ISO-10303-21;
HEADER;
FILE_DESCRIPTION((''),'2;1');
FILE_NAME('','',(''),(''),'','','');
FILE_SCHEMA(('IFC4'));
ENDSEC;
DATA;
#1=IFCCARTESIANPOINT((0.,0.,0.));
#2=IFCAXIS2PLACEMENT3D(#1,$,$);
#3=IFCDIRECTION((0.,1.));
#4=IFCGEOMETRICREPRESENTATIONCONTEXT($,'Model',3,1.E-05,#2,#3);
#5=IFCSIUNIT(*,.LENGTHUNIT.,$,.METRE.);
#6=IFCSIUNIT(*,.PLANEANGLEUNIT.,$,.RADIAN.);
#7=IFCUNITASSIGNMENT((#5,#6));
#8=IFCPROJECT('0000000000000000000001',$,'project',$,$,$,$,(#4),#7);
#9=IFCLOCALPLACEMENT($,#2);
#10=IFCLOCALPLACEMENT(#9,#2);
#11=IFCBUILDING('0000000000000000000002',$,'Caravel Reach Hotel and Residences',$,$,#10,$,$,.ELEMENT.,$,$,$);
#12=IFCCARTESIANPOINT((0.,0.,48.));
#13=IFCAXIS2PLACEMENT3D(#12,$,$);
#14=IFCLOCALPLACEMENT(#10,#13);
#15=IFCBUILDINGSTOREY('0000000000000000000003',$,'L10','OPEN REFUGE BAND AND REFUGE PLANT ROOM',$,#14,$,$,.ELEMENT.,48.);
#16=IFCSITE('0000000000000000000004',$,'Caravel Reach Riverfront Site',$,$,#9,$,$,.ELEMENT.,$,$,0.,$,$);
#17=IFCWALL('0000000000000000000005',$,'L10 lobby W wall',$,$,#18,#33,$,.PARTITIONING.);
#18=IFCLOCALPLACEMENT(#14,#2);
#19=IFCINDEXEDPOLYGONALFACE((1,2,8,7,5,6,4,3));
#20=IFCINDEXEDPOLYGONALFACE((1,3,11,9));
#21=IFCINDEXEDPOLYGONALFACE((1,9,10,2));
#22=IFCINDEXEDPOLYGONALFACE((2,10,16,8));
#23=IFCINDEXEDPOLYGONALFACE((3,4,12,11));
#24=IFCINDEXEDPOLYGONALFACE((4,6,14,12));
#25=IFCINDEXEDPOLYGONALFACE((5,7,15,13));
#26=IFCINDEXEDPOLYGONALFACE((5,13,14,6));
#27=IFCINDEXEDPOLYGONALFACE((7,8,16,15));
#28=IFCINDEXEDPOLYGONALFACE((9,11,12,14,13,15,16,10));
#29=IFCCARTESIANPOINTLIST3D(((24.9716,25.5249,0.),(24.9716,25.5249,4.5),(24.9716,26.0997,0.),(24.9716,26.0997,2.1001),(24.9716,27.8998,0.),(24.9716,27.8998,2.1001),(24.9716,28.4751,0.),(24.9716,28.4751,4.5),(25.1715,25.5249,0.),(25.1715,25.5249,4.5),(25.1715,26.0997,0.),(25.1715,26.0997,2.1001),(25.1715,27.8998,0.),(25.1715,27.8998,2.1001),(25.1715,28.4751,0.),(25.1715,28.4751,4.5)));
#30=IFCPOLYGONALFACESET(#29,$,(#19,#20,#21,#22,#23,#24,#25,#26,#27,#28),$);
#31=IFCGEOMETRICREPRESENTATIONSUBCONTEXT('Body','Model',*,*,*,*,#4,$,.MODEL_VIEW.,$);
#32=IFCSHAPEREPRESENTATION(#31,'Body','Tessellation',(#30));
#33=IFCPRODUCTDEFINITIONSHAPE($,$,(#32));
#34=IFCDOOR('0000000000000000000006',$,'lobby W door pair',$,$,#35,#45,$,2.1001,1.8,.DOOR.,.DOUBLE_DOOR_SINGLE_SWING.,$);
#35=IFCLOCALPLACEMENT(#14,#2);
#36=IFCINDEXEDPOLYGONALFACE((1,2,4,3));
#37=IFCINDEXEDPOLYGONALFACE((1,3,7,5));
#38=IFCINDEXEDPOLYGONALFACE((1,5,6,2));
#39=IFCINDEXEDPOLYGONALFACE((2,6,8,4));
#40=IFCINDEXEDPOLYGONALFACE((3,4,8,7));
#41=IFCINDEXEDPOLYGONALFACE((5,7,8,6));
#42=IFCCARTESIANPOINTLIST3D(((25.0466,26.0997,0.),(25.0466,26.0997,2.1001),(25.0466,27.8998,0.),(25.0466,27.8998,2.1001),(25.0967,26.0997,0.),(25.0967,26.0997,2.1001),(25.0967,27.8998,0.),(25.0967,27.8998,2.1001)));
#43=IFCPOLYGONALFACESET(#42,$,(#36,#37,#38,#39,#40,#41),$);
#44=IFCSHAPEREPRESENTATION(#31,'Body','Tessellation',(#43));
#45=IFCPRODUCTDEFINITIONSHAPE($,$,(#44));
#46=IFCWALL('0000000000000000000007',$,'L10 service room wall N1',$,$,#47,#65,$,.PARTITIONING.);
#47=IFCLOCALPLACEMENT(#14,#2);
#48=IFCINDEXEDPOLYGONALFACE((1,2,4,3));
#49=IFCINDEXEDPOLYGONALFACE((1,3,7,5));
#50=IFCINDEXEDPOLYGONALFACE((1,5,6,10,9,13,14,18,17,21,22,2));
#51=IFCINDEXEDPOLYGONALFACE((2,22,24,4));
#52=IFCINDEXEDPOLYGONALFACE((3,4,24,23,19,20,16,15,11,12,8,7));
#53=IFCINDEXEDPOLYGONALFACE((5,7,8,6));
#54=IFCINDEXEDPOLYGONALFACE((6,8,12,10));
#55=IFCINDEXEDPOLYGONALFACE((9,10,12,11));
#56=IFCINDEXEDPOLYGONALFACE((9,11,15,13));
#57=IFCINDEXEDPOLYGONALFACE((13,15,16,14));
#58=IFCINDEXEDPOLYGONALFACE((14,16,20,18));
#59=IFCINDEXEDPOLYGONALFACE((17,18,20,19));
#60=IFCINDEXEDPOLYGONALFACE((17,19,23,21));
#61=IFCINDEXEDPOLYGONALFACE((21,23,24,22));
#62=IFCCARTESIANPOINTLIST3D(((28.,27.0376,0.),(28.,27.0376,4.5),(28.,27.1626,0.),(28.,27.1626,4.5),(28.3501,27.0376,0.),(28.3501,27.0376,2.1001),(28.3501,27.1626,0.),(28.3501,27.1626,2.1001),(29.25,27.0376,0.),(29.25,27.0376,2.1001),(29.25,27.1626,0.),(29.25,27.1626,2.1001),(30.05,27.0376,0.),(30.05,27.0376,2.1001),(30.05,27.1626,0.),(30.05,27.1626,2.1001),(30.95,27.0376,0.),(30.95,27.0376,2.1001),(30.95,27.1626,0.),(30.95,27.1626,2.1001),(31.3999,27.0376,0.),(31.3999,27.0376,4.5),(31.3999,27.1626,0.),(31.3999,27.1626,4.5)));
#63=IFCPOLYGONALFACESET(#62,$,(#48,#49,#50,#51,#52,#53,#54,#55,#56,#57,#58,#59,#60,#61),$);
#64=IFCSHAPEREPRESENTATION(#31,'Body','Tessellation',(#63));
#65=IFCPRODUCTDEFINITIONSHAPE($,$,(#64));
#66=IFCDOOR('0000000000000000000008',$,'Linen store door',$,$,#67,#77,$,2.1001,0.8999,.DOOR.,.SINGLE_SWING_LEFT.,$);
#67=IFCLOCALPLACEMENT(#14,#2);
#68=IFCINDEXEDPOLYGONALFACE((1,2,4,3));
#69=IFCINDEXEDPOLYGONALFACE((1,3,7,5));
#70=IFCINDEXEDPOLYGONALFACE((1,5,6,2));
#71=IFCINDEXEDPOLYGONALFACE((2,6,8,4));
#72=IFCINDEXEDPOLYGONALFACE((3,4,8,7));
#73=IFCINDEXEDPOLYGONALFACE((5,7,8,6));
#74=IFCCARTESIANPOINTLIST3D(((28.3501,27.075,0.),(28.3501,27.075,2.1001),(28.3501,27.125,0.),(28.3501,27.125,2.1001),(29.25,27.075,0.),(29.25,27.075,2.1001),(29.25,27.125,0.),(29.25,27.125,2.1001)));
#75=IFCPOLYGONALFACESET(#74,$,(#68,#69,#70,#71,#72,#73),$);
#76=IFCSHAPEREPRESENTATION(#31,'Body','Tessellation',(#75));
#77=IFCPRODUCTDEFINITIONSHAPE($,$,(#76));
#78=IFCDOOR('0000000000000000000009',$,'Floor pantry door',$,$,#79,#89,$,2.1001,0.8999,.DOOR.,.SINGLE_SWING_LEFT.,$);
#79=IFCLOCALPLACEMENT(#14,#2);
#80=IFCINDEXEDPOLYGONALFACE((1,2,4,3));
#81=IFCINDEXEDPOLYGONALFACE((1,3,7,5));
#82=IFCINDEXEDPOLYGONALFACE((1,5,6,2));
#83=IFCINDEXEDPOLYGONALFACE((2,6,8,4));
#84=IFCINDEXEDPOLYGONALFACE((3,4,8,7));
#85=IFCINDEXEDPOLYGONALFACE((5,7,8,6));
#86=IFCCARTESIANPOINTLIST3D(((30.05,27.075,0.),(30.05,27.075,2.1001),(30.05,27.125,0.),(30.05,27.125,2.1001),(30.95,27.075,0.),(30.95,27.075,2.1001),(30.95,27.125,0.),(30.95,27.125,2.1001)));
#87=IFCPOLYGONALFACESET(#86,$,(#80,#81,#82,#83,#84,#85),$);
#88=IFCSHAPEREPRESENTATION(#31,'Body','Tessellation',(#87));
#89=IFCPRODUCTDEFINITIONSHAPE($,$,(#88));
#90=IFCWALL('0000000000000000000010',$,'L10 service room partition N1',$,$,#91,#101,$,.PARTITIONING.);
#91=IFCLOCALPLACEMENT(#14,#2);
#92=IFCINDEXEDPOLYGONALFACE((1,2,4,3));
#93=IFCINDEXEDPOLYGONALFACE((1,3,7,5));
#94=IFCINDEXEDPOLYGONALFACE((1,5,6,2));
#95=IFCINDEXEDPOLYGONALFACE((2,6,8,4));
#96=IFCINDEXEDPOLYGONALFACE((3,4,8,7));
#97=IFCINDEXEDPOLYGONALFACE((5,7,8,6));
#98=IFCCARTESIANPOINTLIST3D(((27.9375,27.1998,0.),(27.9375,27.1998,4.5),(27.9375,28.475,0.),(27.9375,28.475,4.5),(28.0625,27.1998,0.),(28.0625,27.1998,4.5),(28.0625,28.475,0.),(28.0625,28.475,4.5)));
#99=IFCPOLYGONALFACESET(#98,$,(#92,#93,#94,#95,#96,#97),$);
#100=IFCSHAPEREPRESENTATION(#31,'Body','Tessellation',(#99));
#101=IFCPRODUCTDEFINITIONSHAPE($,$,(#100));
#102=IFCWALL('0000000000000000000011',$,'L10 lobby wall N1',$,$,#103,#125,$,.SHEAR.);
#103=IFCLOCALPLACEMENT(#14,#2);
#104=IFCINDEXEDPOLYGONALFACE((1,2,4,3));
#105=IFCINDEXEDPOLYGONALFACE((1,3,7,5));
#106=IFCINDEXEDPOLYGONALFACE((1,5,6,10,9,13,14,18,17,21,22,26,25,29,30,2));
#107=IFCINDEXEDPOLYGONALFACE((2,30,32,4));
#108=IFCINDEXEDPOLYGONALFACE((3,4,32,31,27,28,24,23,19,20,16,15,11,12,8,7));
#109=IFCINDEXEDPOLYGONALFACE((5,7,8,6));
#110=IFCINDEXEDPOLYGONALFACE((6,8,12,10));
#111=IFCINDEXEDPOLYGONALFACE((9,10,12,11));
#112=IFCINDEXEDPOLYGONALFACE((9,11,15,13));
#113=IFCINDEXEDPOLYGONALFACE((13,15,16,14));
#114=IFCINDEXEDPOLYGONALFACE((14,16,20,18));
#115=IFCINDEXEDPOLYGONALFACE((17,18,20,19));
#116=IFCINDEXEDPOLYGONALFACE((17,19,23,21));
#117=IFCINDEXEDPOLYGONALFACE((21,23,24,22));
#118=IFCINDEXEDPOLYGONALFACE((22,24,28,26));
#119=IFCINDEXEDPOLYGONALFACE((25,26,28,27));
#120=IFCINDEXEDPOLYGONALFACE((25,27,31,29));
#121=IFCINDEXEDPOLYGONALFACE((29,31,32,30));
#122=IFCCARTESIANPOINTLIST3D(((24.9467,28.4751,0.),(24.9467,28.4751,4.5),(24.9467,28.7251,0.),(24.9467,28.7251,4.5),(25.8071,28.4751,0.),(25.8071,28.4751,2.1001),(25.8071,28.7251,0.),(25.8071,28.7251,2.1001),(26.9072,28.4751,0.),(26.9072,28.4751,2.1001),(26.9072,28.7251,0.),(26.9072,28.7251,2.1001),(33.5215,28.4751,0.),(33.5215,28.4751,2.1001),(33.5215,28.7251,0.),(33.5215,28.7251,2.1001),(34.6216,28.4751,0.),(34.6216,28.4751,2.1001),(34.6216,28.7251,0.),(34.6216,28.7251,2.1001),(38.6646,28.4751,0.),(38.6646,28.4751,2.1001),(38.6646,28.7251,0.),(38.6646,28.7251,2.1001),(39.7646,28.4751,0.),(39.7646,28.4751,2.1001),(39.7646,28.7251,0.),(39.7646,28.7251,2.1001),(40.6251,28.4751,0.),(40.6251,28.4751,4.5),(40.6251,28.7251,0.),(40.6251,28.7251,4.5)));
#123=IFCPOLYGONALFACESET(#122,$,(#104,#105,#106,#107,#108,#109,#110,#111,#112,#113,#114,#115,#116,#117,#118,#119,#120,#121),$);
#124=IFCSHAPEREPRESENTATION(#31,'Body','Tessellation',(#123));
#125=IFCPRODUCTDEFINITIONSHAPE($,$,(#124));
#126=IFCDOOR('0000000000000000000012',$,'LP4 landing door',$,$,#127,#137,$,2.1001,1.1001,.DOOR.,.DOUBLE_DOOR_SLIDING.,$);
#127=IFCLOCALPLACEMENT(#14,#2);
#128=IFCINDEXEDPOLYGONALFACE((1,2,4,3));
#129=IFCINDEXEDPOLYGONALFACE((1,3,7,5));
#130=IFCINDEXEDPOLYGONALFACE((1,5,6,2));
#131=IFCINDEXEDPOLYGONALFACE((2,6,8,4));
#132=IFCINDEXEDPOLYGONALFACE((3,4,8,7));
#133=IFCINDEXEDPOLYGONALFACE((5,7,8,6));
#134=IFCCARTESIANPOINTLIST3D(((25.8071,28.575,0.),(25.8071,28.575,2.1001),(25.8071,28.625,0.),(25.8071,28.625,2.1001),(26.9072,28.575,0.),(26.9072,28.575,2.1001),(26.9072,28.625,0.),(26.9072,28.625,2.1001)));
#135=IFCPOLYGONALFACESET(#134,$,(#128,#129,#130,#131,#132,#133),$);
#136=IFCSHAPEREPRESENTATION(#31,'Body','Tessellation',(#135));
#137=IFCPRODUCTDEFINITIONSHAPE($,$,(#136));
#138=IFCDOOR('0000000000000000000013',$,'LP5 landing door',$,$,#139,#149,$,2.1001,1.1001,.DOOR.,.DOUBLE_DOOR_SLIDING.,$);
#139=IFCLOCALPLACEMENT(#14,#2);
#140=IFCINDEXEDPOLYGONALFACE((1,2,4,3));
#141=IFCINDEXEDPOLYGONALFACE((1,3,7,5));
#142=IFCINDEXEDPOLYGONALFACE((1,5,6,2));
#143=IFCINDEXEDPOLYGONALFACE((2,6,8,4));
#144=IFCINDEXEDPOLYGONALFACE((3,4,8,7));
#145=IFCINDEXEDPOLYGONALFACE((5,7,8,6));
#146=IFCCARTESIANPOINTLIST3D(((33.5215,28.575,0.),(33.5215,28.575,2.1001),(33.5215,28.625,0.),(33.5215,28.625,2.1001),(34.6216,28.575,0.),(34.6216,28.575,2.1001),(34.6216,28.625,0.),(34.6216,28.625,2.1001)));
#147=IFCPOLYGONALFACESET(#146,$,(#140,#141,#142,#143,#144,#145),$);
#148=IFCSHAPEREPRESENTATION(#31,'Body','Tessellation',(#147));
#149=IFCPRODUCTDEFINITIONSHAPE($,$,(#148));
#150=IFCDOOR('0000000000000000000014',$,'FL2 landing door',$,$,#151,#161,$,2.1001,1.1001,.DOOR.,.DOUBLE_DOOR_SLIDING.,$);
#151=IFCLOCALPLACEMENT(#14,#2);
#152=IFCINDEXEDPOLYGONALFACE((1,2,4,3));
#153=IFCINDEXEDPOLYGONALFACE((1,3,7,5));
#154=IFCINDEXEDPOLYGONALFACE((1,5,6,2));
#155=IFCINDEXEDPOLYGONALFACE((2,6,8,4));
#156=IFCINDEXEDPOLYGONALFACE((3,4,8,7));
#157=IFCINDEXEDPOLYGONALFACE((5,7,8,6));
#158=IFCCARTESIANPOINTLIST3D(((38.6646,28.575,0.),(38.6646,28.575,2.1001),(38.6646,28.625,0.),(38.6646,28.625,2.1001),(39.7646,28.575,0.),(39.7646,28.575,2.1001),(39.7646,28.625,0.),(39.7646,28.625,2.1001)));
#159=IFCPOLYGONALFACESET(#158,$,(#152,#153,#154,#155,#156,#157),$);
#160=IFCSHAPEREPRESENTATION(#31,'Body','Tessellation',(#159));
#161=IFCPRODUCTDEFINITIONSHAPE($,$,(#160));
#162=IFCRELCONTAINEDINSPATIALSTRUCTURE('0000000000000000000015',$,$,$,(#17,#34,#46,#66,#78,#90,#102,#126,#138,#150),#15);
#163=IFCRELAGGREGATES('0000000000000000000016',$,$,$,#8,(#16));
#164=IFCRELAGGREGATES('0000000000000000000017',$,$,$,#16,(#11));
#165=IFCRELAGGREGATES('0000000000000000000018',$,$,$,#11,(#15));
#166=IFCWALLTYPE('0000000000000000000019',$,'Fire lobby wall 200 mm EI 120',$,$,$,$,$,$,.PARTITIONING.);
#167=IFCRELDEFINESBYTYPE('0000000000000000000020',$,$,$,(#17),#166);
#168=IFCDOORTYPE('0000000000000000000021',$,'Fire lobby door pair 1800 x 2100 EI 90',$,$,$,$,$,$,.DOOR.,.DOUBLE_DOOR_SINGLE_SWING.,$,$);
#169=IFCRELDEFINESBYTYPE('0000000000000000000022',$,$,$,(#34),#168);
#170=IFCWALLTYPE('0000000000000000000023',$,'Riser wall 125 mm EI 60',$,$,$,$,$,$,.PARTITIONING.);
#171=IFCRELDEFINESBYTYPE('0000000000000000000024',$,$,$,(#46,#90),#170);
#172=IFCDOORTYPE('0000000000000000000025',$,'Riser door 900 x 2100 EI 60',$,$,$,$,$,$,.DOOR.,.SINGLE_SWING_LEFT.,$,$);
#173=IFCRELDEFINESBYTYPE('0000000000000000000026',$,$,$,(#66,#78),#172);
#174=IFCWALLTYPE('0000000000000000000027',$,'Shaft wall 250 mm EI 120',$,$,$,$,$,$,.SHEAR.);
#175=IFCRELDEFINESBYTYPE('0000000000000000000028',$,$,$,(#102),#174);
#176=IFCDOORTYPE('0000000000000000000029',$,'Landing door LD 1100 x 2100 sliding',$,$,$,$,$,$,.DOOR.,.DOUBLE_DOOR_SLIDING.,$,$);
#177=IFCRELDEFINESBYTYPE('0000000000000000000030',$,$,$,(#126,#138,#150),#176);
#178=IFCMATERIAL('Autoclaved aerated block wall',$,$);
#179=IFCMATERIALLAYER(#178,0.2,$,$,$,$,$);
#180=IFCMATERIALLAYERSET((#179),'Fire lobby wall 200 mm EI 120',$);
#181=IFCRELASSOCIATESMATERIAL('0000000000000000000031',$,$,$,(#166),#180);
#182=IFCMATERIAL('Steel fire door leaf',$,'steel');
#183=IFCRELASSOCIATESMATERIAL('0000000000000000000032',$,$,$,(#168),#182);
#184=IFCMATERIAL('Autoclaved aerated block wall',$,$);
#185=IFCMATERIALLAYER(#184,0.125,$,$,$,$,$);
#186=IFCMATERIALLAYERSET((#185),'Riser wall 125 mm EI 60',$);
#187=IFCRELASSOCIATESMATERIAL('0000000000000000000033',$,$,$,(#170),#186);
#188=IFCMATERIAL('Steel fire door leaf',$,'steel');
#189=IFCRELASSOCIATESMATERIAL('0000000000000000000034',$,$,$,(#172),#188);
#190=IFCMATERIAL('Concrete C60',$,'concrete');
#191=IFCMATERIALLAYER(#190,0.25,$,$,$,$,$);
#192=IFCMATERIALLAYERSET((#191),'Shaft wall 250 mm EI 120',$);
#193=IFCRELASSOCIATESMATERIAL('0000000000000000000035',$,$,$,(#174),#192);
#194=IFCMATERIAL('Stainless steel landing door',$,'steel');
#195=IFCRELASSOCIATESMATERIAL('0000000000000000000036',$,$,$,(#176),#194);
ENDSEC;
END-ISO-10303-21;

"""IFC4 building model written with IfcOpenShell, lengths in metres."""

from ifc_helpers import new_model, si_unit, direction, frame, frame_2d, origin, place, context, subcontext, project, spatial, rectangle, extrude, material, layer, layer_set, type_object, element, fill, save


model = new_model("IFC4")

# Units and contexts
model_context = context("Model", 3, precision=1e-05, world=origin(), true_north=direction((0.0, 1.0)))
body_context = subcontext(model_context, "Body", "Model", "MODEL_VIEW")
ifc_project = project(units=[si_unit("LENGTHUNIT", "METRE"), si_unit("PLANEANGLEUNIT", "RADIAN")], contexts=[model_context])

# Site, building, storey
site_placement = place(None, origin())
site = spatial("IfcSite", under=ifc_project, at=site_placement, Name="Caravel Reach Riverfront Site", CompositionType="ELEMENT", RefElevation=0.0)
building_placement = place(site_placement, origin())
building = spatial("IfcBuilding", under=site, at=building_placement, Name="Caravel Reach Hotel and Residences", CompositionType="ELEMENT")
storey_placement = place(building_placement, frame((0.0, 0.0, 48.0)))
storey = spatial("IfcBuildingStorey", under=building, at=storey_placement, Name="L10", Description="OPEN REFUGE BAND AND REFUGE PLANT ROOM", CompositionType="ELEMENT", Elevation=48.0)

# Wall, opening, door
ifc_material_1 = material(Name="Autoclaved aerated block wall")
ifc_layer_1 = layer(ifc_material_1, 0.2)
ifc_layer_set_1 = layer_set([ifc_layer_1], Name="Fire lobby wall 200 mm EI 120")
wall_type_1 = type_object("IfcWallType", Name="Fire lobby wall 200 mm EI 120", PredefinedType="PARTITIONING", material=ifc_layer_set_1)
wall_1_placement = place(storey_placement, frame((25.0715, 25.5249, 0.0), z_axis=(0.0, 0.0, 1.0), x_axis=(0.0, 1.0, 0.0)))
wall_1 = element("IfcWall", 1, at=wall_1_placement, inside=storey, type_object=wall_type_1, Name="L10 lobby W wall", PredefinedType="PARTITIONING", context=body_context, shape_type="SweptSolid", body=[
    extrude(rectangle(XDim=2.9502, YDim=0.2, at=frame_2d((1.4751, 0.0))), origin(), (0.0, 0.0, 1.0), 4.5),
])
opening_1_placement = place(wall_1_placement, frame((0.575, 0.0, 0.0)))
opening_1 = element("IfcOpeningElement", 2, at=opening_1_placement, cuts=wall_1, PredefinedType="OPENING", context=body_context, shape_type="SweptSolid", body=[
    extrude(rectangle(XDim=1.8, YDim=2.1001, at=frame_2d((0.8999, 1.05))), frame((0.0, 0.1099, 0.0), z_axis=(0.0, -1.0, 0.0), x_axis=(1.0, 0.0, 0.0)), (0.0, 0.0, 1.0), 0.22),
])
ifc_material_2 = material(Name="Steel fire door leaf", Category="steel")
door_type_1 = type_object("IfcDoorType", Name="Fire lobby door pair 1800 x 2100 EI 90", OperationType="DOUBLE_DOOR_SINGLE_SWING", PredefinedType="DOOR", material=ifc_material_2)
door_1_placement = place(opening_1_placement, origin())
door_1 = element("IfcDoor", 3, at=door_1_placement, inside=storey, type_object=door_type_1, Name="lobby W door pair", OperationType="DOUBLE_DOOR_SINGLE_SWING", OverallHeight=2.1001, OverallWidth=1.8, PredefinedType="DOOR", context=body_context, shape_type="SweptSolid", body=[
    extrude(rectangle(XDim=1.8, YDim=2.1001, at=frame_2d((0.8999, 1.05))), frame((0.0, 0.0249, 0.0), z_axis=(0.0, -1.0, 0.0), x_axis=(1.0, 0.0, 0.0)), (0.0, 0.0, 1.0), 0.05),
])
fill(opening_1, door_1)

# Wall, openings, doors
ifc_material_3 = material(Name="Autoclaved aerated block wall")
ifc_layer_2 = layer(ifc_material_3, 0.125)
ifc_layer_set_2 = layer_set([ifc_layer_2], Name="Riser wall 125 mm EI 60")
wall_type_2 = type_object("IfcWallType", Name="Riser wall 125 mm EI 60", PredefinedType="PARTITIONING", material=ifc_layer_set_2)
wall_2_placement = place(storey_placement, frame((28.0, 27.1001, 0.0), z_axis=(0.0, 0.0, 1.0), x_axis=(1.0, 0.0, 0.0)))
wall_2 = element("IfcWall", 4, at=wall_2_placement, inside=storey, type_object=wall_type_2, Name="L10 service room wall N1", PredefinedType="PARTITIONING", context=body_context, shape_type="SweptSolid", body=[
    extrude(rectangle(XDim=3.3999, YDim=0.125, at=frame_2d((1.7, 0.0))), origin(), (0.0, 0.0, 1.0), 4.5),
])
opening_2_placement = place(wall_2_placement, frame((0.3501, 0.0, 0.0)))
opening_2 = element("IfcOpeningElement", 5, at=opening_2_placement, cuts=wall_2, PredefinedType="OPENING", context=body_context, shape_type="SweptSolid", body=[
    extrude(rectangle(XDim=0.8999, YDim=2.1001, at=frame_2d((0.45, 1.05))), frame((0.0, 0.0725, 0.0), z_axis=(0.0, -1.0, 0.0), x_axis=(1.0, 0.0, 0.0)), (0.0, 0.0, 1.0), 0.145),
])
opening_3_placement = place(wall_2_placement, frame((2.05, 0.0, 0.0)))
opening_3 = element("IfcOpeningElement", 6, at=opening_3_placement, cuts=wall_2, PredefinedType="OPENING", context=body_context, shape_type="SweptSolid", body=[
    extrude(rectangle(XDim=0.8999, YDim=2.1001, at=frame_2d((0.45, 1.05))), frame((0.0, 0.0725, 0.0), z_axis=(0.0, -1.0, 0.0), x_axis=(1.0, 0.0, 0.0)), (0.0, 0.0, 1.0), 0.145),
])
ifc_material_4 = material(Name="Steel fire door leaf", Category="steel")
door_type_2 = type_object("IfcDoorType", Name="Riser door 900 x 2100 EI 60", OperationType="SINGLE_SWING_LEFT", PredefinedType="DOOR", material=ifc_material_4)
door_2_placement = place(opening_2_placement, origin())
door_2 = element("IfcDoor", 7, at=door_2_placement, inside=storey, type_object=door_type_2, Name="Linen store door", OperationType="SINGLE_SWING_LEFT", OverallHeight=2.1001, OverallWidth=0.8999, PredefinedType="DOOR", context=body_context, shape_type="SweptSolid", body=[
    extrude(rectangle(XDim=0.8999, YDim=2.1001, at=frame_2d((0.45, 1.05))), frame((0.0, 0.0249, 0.0), z_axis=(0.0, -1.0, 0.0), x_axis=(1.0, 0.0, 0.0)), (0.0, 0.0, 1.0), 0.05),
])
fill(opening_2, door_2)
door_3_placement = place(opening_3_placement, origin())
door_3 = element("IfcDoor", 8, at=door_3_placement, inside=storey, type_object=door_type_2, Name="Floor pantry door", OperationType="SINGLE_SWING_LEFT", OverallHeight=2.1001, OverallWidth=0.8999, PredefinedType="DOOR", context=body_context, shape_type="SweptSolid", body=[
    extrude(rectangle(XDim=0.8999, YDim=2.1001, at=frame_2d((0.45, 1.05))), frame((0.0, 0.0249, 0.0), z_axis=(0.0, -1.0, 0.0), x_axis=(1.0, 0.0, 0.0)), (0.0, 0.0, 1.0), 0.05),
])
fill(opening_3, door_3)

# Wall
wall_3_placement = place(storey_placement, frame((28.0, 28.4751, 0.0), z_axis=(0.0, 0.0, 1.0), x_axis=(0.0, -1.0, 0.0)))
element("IfcWall", 9, at=wall_3_placement, inside=storey, type_object=wall_type_2, Name="L10 service room partition N1", PredefinedType="PARTITIONING", context=body_context, shape_type="SweptSolid", body=[
    extrude(rectangle(XDim=1.2751, YDim=0.125, at=frame_2d((0.6377, 0.0))), origin(), (0.0, 0.0, 1.0), 4.5),
])

# Wall, openings, doors
ifc_material_5 = material(Name="Concrete C60", Category="concrete")
ifc_layer_3 = layer(ifc_material_5, 0.25)
ifc_layer_set_3 = layer_set([ifc_layer_3], Name="Shaft wall 250 mm EI 120")
wall_type_3 = type_object("IfcWallType", Name="Shaft wall 250 mm EI 120", PredefinedType="SHEAR", material=ifc_layer_set_3)
wall_4_placement = place(storey_placement, frame((24.9465, 28.6001, 0.0), z_axis=(0.0, 0.0, 1.0), x_axis=(1.0, 0.0, 0.0)))
wall_4 = element("IfcWall", 10, at=wall_4_placement, inside=storey, type_object=wall_type_3, Name="L10 lobby wall N1", PredefinedType="SHEAR", context=body_context, shape_type="SweptSolid", body=[
    extrude(rectangle(XDim=15.6785, YDim=0.25, at=frame_2d((7.8394, 0.0))), origin(), (0.0, 0.0, 1.0), 4.5),
])
opening_4_placement = place(wall_4_placement, frame((0.8606, 0.0, 0.0)))
opening_4 = element("IfcOpeningElement", 11, at=opening_4_placement, cuts=wall_4, PredefinedType="OPENING", context=body_context, shape_type="SweptSolid", body=[
    extrude(rectangle(XDim=1.1001, YDim=2.1001, at=frame_2d((0.55, 1.05))), frame((0.0, 0.135, 0.0), z_axis=(0.0, -1.0, 0.0), x_axis=(1.0, 0.0, 0.0)), (0.0, 0.0, 1.0), 0.27),
])
opening_5_placement = place(wall_4_placement, frame((8.575, 0.0, 0.0)))
opening_5 = element("IfcOpeningElement", 12, at=opening_5_placement, cuts=wall_4, PredefinedType="OPENING", context=body_context, shape_type="SweptSolid", body=[
    extrude(rectangle(XDim=1.1001, YDim=2.1001, at=frame_2d((0.55, 1.05))), frame((0.0, 0.135, 0.0), z_axis=(0.0, -1.0, 0.0), x_axis=(1.0, 0.0, 0.0)), (0.0, 0.0, 1.0), 0.27),
])
opening_6_placement = place(wall_4_placement, frame((13.718, 0.0, 0.0)))
opening_6 = element("IfcOpeningElement", 13, at=opening_6_placement, cuts=wall_4, PredefinedType="OPENING", context=body_context, shape_type="SweptSolid", body=[
    extrude(rectangle(XDim=1.1001, YDim=2.1001, at=frame_2d((0.55, 1.05))), frame((0.0, 0.135, 0.0), z_axis=(0.0, -1.0, 0.0), x_axis=(1.0, 0.0, 0.0)), (0.0, 0.0, 1.0), 0.27),
])
ifc_material_6 = material(Name="Stainless steel landing door", Category="steel")
door_type_3 = type_object("IfcDoorType", Name="Landing door LD 1100 x 2100 sliding", OperationType="DOUBLE_DOOR_SLIDING", PredefinedType="DOOR", material=ifc_material_6)
door_4_placement = place(opening_4_placement, origin())
door_4 = element("IfcDoor", 14, at=door_4_placement, inside=storey, type_object=door_type_3, Name="LP4 landing door", OperationType="DOUBLE_DOOR_SLIDING", OverallHeight=2.1001, OverallWidth=1.1001, PredefinedType="DOOR", context=body_context, shape_type="SweptSolid", body=[
    extrude(rectangle(XDim=1.1001, YDim=2.1001, at=frame_2d((0.55, 1.05))), frame((0.0, 0.0249, 0.0), z_axis=(0.0, -1.0, 0.0), x_axis=(1.0, 0.0, 0.0)), (0.0, 0.0, 1.0), 0.05),
])
fill(opening_4, door_4)
door_5_placement = place(opening_5_placement, origin())
door_5 = element("IfcDoor", 15, at=door_5_placement, inside=storey, type_object=door_type_3, Name="LP5 landing door", OperationType="DOUBLE_DOOR_SLIDING", OverallHeight=2.1001, OverallWidth=1.1001, PredefinedType="DOOR", context=body_context, shape_type="SweptSolid", body=[
    extrude(rectangle(XDim=1.1001, YDim=2.1001, at=frame_2d((0.55, 1.05))), frame((0.0, 0.0249, 0.0), z_axis=(0.0, -1.0, 0.0), x_axis=(1.0, 0.0, 0.0)), (0.0, 0.0, 1.0), 0.05),
])
fill(opening_5, door_5)
door_6_placement = place(opening_6_placement, origin())
door_6 = element("IfcDoor", 16, at=door_6_placement, inside=storey, type_object=door_type_3, Name="FL2 landing door", OperationType="DOUBLE_DOOR_SLIDING", OverallHeight=2.1001, OverallWidth=1.1001, PredefinedType="DOOR", context=body_context, shape_type="SweptSolid", body=[
    extrude(rectangle(XDim=1.1001, YDim=2.1001, at=frame_2d((0.55, 1.05))), frame((0.0, 0.0249, 0.0), z_axis=(0.0, -1.0, 0.0), x_axis=(1.0, 0.0, 0.0)), (0.0, 0.0, 1.0), 0.05),
])
fill(opening_6, door_6)

save(model, "model.ifc")
